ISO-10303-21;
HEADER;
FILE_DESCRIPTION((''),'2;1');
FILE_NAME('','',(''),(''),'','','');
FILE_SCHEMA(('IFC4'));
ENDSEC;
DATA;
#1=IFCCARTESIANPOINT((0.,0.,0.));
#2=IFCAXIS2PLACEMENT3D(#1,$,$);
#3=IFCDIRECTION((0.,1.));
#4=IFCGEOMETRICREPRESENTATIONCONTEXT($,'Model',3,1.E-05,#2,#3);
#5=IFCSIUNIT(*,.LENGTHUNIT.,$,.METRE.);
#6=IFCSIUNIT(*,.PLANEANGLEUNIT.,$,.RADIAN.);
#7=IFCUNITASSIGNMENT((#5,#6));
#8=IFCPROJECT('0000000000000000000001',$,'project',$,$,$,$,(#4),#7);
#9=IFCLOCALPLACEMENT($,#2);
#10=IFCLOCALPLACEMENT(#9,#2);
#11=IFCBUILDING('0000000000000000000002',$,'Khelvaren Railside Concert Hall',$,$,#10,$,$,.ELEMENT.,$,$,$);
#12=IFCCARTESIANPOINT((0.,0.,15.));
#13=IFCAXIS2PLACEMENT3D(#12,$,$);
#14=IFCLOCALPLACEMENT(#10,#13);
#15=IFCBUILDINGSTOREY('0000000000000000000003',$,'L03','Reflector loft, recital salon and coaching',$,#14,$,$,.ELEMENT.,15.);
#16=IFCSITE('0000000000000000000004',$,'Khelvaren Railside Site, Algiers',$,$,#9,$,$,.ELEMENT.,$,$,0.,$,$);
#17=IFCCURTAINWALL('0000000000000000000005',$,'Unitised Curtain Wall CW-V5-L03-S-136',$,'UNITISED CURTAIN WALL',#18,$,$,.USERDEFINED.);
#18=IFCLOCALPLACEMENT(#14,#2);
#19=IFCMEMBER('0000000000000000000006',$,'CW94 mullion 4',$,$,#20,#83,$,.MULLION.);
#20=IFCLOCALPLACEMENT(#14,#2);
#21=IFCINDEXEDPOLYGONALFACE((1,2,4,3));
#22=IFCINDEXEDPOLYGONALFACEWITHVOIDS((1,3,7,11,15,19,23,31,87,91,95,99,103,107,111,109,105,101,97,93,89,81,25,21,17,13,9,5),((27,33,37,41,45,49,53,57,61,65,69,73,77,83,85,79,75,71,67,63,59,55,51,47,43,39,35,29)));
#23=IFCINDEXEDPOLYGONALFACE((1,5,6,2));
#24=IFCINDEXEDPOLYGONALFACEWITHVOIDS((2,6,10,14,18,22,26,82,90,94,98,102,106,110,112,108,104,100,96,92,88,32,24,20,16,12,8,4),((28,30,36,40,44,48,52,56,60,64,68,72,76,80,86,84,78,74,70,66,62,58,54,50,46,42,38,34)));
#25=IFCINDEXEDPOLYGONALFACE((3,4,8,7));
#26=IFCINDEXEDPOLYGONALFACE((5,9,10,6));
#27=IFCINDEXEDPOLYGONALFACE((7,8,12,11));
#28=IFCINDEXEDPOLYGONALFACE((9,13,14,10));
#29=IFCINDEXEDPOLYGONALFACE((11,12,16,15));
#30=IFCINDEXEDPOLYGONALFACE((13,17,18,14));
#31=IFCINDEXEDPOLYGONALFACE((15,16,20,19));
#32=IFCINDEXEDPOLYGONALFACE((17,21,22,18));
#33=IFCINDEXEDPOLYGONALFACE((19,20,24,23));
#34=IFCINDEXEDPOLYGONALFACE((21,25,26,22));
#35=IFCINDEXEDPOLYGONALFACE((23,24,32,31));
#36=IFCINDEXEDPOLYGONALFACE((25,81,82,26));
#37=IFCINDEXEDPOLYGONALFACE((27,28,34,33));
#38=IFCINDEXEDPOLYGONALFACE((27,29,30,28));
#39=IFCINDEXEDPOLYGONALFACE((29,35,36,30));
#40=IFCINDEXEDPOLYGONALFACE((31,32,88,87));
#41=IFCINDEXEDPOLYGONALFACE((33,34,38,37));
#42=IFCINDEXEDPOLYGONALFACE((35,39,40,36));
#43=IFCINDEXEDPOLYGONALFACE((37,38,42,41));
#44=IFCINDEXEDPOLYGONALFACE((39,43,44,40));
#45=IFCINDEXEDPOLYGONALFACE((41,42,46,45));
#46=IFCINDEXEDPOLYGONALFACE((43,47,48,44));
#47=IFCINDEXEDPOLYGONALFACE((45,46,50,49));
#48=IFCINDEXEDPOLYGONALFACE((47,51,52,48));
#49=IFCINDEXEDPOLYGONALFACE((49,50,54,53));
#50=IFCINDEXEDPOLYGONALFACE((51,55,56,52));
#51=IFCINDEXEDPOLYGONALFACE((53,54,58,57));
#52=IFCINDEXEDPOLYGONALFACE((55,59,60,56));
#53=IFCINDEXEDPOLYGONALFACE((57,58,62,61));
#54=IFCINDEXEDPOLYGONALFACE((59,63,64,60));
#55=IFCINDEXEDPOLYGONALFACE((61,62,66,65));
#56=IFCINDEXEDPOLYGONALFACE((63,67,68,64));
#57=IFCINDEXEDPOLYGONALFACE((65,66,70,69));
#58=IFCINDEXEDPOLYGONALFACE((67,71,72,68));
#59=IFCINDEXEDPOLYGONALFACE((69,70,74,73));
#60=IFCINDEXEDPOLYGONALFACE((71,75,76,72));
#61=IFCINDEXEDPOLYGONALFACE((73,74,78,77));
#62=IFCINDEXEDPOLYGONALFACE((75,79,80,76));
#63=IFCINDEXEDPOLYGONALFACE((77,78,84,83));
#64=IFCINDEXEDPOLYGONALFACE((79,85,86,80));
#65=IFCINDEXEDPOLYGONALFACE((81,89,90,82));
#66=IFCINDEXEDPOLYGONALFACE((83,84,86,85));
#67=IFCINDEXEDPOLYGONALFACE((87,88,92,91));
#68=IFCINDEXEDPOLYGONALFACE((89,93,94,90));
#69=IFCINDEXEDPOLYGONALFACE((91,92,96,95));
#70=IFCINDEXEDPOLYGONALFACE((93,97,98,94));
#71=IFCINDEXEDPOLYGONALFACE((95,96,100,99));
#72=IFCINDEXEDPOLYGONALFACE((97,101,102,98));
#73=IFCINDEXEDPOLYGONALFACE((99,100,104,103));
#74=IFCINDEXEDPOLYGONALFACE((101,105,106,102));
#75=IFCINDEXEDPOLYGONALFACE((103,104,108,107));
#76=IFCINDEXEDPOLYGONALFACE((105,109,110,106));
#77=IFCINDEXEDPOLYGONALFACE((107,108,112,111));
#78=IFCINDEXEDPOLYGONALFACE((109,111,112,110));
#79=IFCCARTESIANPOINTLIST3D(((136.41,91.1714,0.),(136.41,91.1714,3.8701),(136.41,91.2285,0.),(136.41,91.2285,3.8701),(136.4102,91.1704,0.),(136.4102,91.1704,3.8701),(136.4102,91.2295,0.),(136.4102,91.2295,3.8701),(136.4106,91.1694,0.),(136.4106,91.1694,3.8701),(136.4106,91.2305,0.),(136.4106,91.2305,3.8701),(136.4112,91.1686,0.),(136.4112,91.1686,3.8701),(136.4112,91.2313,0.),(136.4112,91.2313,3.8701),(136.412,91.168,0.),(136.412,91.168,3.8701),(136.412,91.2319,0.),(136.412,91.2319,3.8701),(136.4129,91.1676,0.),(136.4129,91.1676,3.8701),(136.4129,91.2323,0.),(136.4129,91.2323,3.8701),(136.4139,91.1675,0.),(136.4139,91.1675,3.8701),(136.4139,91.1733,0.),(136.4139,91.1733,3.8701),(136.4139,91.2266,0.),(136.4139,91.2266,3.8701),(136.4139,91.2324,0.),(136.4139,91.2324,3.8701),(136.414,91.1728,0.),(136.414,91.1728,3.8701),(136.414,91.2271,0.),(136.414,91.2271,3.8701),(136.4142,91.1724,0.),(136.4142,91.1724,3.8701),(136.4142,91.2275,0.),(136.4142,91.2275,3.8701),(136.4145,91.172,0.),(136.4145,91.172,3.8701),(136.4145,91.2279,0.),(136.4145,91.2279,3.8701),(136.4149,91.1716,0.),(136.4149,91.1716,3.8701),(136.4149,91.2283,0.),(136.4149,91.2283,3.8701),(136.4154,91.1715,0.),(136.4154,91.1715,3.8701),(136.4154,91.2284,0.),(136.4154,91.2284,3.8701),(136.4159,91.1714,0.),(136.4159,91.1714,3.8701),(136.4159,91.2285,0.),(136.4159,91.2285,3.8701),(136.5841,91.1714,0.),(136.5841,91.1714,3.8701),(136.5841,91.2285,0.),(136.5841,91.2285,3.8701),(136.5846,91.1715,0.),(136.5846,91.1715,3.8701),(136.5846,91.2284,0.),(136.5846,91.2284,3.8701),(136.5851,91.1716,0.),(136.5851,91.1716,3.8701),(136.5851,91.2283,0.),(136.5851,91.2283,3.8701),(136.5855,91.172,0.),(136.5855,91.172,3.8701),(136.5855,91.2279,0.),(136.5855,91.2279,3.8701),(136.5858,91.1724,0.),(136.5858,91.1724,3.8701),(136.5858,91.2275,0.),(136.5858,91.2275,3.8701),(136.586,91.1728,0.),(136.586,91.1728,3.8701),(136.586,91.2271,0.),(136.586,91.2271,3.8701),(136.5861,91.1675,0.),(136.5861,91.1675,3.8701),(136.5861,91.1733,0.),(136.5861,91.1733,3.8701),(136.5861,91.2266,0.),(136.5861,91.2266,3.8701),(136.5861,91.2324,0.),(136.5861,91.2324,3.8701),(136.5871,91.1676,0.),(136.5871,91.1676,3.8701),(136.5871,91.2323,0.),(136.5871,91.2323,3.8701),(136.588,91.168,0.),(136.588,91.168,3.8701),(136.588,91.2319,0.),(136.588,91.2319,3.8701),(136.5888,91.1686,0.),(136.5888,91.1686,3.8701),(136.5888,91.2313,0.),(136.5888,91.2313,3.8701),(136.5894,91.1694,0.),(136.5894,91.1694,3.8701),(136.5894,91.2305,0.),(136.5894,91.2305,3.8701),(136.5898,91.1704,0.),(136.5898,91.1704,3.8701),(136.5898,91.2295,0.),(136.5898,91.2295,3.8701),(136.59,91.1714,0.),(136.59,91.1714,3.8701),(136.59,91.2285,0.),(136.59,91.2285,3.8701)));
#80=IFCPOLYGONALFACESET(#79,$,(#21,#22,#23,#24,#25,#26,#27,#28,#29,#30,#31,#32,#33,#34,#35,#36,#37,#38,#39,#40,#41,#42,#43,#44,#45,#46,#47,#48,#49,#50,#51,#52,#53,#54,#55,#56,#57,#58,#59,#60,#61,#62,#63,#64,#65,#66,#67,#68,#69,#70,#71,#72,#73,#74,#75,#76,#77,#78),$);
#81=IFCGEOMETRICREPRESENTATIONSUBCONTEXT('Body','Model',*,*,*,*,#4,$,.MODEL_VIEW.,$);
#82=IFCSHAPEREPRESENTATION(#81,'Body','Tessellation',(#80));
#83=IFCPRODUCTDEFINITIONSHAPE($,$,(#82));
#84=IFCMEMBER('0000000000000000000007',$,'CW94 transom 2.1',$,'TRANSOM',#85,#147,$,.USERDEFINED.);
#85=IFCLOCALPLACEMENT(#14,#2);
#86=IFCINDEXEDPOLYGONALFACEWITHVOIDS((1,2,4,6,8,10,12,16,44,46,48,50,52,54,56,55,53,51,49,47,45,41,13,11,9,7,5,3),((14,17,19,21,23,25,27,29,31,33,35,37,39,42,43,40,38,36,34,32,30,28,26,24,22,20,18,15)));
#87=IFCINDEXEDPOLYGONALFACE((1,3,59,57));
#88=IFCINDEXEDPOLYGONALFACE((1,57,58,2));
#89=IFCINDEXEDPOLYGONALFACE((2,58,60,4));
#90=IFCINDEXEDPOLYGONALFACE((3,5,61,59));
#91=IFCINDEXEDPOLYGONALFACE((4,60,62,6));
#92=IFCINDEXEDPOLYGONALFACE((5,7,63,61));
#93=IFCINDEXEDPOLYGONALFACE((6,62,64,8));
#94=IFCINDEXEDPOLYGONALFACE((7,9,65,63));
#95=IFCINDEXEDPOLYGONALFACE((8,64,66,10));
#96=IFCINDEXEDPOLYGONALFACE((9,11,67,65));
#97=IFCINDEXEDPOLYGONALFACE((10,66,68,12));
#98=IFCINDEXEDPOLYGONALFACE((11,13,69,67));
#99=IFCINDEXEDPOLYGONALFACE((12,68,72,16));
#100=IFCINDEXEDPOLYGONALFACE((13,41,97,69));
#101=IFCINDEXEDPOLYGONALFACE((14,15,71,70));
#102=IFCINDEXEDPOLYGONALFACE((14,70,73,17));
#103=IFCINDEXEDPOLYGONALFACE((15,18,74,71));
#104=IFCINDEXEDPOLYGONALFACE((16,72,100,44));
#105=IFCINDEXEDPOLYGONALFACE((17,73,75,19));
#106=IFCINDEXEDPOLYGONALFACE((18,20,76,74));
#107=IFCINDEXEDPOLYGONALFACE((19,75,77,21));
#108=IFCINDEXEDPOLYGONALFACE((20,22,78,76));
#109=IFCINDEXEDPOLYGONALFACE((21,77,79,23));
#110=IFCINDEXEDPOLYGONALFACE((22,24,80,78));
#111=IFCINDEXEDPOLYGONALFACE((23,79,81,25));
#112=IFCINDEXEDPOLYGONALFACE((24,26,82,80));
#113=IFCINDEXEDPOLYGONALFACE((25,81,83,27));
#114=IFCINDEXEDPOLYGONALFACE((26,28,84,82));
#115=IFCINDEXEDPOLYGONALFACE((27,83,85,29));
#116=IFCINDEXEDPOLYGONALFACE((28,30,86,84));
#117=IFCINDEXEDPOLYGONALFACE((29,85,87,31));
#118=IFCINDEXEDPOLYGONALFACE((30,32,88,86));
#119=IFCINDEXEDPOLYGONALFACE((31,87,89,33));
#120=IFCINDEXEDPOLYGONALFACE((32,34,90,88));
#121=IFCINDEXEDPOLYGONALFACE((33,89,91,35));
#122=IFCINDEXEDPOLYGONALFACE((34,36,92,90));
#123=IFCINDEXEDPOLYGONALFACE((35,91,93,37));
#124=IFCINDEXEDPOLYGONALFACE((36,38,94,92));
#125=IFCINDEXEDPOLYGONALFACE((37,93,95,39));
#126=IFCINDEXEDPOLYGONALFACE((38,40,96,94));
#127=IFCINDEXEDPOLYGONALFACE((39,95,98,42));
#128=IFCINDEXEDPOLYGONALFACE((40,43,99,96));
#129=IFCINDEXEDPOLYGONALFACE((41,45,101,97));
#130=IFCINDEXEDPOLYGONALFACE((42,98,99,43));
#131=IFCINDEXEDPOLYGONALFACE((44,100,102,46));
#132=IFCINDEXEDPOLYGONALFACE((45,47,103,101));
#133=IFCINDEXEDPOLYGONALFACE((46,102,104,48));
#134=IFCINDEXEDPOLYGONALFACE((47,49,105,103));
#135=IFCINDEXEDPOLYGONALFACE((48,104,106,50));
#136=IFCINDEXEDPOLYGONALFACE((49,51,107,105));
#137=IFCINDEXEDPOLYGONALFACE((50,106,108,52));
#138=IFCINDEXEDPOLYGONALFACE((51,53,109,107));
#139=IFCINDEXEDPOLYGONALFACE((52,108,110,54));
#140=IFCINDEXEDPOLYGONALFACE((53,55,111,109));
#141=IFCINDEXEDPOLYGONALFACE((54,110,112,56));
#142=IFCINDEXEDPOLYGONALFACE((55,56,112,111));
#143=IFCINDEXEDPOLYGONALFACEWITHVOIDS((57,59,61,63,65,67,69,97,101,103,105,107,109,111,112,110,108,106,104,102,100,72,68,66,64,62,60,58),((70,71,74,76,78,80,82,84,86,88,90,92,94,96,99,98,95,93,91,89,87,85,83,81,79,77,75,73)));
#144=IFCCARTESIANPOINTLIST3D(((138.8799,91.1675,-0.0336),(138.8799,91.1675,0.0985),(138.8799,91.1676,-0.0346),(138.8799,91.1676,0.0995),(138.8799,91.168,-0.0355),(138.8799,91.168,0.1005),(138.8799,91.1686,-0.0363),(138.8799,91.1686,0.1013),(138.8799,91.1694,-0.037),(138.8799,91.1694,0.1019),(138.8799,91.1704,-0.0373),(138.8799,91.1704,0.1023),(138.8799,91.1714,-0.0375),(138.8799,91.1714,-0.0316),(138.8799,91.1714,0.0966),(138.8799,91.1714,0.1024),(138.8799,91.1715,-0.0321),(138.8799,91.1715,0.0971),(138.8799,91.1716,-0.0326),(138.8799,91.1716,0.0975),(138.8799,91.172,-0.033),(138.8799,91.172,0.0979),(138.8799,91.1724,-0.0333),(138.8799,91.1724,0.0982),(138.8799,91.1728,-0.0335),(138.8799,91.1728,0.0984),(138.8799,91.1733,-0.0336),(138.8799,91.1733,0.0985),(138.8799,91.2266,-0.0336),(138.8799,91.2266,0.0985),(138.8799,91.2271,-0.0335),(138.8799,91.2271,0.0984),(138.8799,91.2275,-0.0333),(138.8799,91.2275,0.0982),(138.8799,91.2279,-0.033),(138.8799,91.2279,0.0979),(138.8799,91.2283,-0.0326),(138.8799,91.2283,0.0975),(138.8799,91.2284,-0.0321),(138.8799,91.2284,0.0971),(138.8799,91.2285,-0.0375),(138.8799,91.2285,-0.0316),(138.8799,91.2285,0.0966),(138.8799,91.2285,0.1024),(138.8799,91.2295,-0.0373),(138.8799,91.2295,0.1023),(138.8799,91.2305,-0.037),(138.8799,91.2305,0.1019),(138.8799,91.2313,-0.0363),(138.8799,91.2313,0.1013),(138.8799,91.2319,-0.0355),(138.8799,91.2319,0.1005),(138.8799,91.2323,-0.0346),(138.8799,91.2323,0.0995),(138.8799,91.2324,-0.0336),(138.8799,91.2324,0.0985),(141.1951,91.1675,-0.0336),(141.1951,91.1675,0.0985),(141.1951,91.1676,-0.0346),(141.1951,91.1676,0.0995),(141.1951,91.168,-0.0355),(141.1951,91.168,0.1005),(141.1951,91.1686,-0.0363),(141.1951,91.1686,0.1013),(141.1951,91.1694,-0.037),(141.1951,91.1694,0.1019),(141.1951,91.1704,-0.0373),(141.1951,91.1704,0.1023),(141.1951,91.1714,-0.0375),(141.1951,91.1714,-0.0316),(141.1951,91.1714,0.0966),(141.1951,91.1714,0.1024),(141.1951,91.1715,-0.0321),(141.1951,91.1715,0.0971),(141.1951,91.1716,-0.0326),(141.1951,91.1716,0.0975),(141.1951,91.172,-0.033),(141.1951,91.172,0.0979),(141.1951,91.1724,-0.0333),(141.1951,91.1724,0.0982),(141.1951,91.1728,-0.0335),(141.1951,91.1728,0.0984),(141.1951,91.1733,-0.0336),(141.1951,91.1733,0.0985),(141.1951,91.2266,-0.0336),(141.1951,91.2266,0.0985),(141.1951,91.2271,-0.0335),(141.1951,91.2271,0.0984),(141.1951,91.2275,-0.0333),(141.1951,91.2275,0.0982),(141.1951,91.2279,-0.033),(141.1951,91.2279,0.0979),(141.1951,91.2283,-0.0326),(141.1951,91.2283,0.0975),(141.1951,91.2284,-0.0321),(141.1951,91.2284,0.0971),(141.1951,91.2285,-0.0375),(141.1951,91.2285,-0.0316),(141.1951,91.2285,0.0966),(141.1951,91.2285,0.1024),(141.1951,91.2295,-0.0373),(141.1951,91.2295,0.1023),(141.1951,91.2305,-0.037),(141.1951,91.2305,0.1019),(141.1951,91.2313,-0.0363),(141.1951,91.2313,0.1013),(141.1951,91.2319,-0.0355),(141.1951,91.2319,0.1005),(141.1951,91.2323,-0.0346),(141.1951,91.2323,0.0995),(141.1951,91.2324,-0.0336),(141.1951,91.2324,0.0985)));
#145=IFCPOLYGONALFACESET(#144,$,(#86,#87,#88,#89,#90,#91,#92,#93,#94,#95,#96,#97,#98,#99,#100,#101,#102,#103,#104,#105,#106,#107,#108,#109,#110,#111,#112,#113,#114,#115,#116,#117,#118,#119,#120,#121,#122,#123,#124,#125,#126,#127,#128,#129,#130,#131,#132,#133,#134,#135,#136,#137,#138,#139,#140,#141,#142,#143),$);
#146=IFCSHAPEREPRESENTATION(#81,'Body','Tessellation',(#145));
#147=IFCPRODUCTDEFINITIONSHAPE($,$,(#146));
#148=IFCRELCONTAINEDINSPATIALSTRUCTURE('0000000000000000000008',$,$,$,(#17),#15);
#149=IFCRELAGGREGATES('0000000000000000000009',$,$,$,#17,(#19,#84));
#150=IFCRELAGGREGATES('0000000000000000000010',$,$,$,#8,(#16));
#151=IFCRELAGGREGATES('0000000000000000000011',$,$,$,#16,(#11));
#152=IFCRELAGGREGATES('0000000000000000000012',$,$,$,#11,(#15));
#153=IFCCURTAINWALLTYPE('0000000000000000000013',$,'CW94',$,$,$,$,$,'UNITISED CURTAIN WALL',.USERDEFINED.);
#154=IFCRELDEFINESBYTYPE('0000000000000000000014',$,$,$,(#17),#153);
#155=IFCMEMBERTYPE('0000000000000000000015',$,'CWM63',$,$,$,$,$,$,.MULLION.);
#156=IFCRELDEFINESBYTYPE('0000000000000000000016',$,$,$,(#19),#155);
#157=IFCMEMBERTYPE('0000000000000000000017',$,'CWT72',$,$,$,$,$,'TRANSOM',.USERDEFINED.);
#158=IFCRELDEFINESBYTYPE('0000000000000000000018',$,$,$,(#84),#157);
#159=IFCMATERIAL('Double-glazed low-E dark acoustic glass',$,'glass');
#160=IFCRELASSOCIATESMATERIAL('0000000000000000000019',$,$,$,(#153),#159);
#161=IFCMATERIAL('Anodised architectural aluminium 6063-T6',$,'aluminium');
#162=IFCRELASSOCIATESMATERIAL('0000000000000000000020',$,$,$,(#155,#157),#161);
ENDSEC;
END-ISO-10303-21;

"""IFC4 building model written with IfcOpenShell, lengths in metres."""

from ifc_helpers import new_model, si_unit, direction, frame, origin, origin_2d, place, context, subcontext, project, spatial, hollow_rectangle, extrude, material, material_profile, profile_set, type_object, element, aggregate, save


model = new_model("IFC4")

# Units and contexts
model_context = context("Model", 3, precision=1e-05, world=origin(), true_north=direction((0.0, 1.0)))
body_context = subcontext(model_context, "Body", "Model", "MODEL_VIEW")
ifc_project = project(units=[si_unit("LENGTHUNIT", "METRE"), si_unit("PLANEANGLEUNIT", "RADIAN")], contexts=[model_context])

# Site, building, storey
site_placement = place(None, origin())
site = spatial("IfcSite", under=ifc_project, at=site_placement, Name="Khelvaren Railside Site, Algiers", CompositionType="ELEMENT", RefElevation=0.0)
building_placement = place(site_placement, origin())
building = spatial("IfcBuilding", under=site, at=building_placement, Name="Khelvaren Railside Concert Hall", CompositionType="ELEMENT")
storey_placement = place(building_placement, frame((0.0, 0.0, 15.0)))
storey = spatial("IfcBuildingStorey", under=building, at=storey_placement, Name="L03", Description="Reflector loft, recital salon and coaching", CompositionType="ELEMENT", Elevation=15.0)

# Curtain wall, members
ifc_material_1 = material(Name="Double-glazed low-E dark acoustic glass", Category="glass")
curtain_wall_type = type_object("IfcCurtainWallType", Name="CW94", ElementType="UNITISED CURTAIN WALL", PredefinedType="USERDEFINED", material=ifc_material_1)
curtain_wall_placement = place(storey_placement, origin())
curtain_wall = element("IfcCurtainWall", 1, at=curtain_wall_placement, inside=storey, type_object=curtain_wall_type, Name="Unitised Curtain Wall CW-V5-L03-S-136", ObjectType="UNITISED CURTAIN WALL", PredefinedType="USERDEFINED")
ifc_material_2 = material(Name="Anodised architectural aluminium 6063-T6", Category="aluminium")
ifc_material_profile_1 = material_profile(ifc_material_2, hollow_rectangle(XDim=0.0649, YDim=0.1799, WallThickness=0.0039, InnerFilletRadius=0.002, OuterFilletRadius=0.0039, at=origin_2d()), Name="CWM 65x180x4")
ifc_profile_set_1 = profile_set([ifc_material_profile_1], Name="Anodised architectural aluminium 6063-T6")
member_type_1 = type_object("IfcMemberType", Name="CWM63", PredefinedType="MULLION", material=ifc_profile_set_1)
member_1_placement = place(storey_placement, frame((136.5, 91.2, 0.0), z_axis=(0.0, 0.0, 1.0), x_axis=(0.0, -1.0, 0.0)))
member_1 = element("IfcMember", 2, at=member_1_placement, type_object=member_type_1, Name="CW94 mullion 4", PredefinedType="MULLION", context=body_context, shape_type="SweptSolid", body=[
    extrude(hollow_rectangle(XDim=0.0649, YDim=0.1799, WallThickness=0.0039, InnerFilletRadius=0.002, OuterFilletRadius=0.0039, at=origin_2d()), origin(), (0.0, 0.0, 1.0), 3.8701),
])
ifc_material_profile_2 = material_profile(ifc_material_2, hollow_rectangle(XDim=0.0649, YDim=0.1399, WallThickness=0.0039, InnerFilletRadius=0.002, OuterFilletRadius=0.0039, at=origin_2d()), Name="CWT 65x140x4")
ifc_profile_set_2 = profile_set([ifc_material_profile_2], Name="Anodised architectural aluminium 6063-T6")
member_type_2 = type_object("IfcMemberType", Name="CWT72", ElementType="TRANSOM", PredefinedType="USERDEFINED", material=ifc_profile_set_2)
member_2_placement = place(storey_placement, frame((141.1951, 91.2, 0.0325), z_axis=(-1.0, 0.0, 0.0), x_axis=(0.0, -1.0, 0.0)))
member_2 = element("IfcMember", 3, at=member_2_placement, type_object=member_type_2, Name="CW94 transom 2.1", ObjectType="TRANSOM", PredefinedType="USERDEFINED", context=body_context, shape_type="SweptSolid", body=[
    extrude(hollow_rectangle(XDim=0.0649, YDim=0.1399, WallThickness=0.0039, InnerFilletRadius=0.002, OuterFilletRadius=0.0039, at=origin_2d()), origin(), (0.0, 0.0, 1.0), 2.3152),
])

aggregate(curtain_wall, [member_1, member_2])

save(model, "model.ifc")
